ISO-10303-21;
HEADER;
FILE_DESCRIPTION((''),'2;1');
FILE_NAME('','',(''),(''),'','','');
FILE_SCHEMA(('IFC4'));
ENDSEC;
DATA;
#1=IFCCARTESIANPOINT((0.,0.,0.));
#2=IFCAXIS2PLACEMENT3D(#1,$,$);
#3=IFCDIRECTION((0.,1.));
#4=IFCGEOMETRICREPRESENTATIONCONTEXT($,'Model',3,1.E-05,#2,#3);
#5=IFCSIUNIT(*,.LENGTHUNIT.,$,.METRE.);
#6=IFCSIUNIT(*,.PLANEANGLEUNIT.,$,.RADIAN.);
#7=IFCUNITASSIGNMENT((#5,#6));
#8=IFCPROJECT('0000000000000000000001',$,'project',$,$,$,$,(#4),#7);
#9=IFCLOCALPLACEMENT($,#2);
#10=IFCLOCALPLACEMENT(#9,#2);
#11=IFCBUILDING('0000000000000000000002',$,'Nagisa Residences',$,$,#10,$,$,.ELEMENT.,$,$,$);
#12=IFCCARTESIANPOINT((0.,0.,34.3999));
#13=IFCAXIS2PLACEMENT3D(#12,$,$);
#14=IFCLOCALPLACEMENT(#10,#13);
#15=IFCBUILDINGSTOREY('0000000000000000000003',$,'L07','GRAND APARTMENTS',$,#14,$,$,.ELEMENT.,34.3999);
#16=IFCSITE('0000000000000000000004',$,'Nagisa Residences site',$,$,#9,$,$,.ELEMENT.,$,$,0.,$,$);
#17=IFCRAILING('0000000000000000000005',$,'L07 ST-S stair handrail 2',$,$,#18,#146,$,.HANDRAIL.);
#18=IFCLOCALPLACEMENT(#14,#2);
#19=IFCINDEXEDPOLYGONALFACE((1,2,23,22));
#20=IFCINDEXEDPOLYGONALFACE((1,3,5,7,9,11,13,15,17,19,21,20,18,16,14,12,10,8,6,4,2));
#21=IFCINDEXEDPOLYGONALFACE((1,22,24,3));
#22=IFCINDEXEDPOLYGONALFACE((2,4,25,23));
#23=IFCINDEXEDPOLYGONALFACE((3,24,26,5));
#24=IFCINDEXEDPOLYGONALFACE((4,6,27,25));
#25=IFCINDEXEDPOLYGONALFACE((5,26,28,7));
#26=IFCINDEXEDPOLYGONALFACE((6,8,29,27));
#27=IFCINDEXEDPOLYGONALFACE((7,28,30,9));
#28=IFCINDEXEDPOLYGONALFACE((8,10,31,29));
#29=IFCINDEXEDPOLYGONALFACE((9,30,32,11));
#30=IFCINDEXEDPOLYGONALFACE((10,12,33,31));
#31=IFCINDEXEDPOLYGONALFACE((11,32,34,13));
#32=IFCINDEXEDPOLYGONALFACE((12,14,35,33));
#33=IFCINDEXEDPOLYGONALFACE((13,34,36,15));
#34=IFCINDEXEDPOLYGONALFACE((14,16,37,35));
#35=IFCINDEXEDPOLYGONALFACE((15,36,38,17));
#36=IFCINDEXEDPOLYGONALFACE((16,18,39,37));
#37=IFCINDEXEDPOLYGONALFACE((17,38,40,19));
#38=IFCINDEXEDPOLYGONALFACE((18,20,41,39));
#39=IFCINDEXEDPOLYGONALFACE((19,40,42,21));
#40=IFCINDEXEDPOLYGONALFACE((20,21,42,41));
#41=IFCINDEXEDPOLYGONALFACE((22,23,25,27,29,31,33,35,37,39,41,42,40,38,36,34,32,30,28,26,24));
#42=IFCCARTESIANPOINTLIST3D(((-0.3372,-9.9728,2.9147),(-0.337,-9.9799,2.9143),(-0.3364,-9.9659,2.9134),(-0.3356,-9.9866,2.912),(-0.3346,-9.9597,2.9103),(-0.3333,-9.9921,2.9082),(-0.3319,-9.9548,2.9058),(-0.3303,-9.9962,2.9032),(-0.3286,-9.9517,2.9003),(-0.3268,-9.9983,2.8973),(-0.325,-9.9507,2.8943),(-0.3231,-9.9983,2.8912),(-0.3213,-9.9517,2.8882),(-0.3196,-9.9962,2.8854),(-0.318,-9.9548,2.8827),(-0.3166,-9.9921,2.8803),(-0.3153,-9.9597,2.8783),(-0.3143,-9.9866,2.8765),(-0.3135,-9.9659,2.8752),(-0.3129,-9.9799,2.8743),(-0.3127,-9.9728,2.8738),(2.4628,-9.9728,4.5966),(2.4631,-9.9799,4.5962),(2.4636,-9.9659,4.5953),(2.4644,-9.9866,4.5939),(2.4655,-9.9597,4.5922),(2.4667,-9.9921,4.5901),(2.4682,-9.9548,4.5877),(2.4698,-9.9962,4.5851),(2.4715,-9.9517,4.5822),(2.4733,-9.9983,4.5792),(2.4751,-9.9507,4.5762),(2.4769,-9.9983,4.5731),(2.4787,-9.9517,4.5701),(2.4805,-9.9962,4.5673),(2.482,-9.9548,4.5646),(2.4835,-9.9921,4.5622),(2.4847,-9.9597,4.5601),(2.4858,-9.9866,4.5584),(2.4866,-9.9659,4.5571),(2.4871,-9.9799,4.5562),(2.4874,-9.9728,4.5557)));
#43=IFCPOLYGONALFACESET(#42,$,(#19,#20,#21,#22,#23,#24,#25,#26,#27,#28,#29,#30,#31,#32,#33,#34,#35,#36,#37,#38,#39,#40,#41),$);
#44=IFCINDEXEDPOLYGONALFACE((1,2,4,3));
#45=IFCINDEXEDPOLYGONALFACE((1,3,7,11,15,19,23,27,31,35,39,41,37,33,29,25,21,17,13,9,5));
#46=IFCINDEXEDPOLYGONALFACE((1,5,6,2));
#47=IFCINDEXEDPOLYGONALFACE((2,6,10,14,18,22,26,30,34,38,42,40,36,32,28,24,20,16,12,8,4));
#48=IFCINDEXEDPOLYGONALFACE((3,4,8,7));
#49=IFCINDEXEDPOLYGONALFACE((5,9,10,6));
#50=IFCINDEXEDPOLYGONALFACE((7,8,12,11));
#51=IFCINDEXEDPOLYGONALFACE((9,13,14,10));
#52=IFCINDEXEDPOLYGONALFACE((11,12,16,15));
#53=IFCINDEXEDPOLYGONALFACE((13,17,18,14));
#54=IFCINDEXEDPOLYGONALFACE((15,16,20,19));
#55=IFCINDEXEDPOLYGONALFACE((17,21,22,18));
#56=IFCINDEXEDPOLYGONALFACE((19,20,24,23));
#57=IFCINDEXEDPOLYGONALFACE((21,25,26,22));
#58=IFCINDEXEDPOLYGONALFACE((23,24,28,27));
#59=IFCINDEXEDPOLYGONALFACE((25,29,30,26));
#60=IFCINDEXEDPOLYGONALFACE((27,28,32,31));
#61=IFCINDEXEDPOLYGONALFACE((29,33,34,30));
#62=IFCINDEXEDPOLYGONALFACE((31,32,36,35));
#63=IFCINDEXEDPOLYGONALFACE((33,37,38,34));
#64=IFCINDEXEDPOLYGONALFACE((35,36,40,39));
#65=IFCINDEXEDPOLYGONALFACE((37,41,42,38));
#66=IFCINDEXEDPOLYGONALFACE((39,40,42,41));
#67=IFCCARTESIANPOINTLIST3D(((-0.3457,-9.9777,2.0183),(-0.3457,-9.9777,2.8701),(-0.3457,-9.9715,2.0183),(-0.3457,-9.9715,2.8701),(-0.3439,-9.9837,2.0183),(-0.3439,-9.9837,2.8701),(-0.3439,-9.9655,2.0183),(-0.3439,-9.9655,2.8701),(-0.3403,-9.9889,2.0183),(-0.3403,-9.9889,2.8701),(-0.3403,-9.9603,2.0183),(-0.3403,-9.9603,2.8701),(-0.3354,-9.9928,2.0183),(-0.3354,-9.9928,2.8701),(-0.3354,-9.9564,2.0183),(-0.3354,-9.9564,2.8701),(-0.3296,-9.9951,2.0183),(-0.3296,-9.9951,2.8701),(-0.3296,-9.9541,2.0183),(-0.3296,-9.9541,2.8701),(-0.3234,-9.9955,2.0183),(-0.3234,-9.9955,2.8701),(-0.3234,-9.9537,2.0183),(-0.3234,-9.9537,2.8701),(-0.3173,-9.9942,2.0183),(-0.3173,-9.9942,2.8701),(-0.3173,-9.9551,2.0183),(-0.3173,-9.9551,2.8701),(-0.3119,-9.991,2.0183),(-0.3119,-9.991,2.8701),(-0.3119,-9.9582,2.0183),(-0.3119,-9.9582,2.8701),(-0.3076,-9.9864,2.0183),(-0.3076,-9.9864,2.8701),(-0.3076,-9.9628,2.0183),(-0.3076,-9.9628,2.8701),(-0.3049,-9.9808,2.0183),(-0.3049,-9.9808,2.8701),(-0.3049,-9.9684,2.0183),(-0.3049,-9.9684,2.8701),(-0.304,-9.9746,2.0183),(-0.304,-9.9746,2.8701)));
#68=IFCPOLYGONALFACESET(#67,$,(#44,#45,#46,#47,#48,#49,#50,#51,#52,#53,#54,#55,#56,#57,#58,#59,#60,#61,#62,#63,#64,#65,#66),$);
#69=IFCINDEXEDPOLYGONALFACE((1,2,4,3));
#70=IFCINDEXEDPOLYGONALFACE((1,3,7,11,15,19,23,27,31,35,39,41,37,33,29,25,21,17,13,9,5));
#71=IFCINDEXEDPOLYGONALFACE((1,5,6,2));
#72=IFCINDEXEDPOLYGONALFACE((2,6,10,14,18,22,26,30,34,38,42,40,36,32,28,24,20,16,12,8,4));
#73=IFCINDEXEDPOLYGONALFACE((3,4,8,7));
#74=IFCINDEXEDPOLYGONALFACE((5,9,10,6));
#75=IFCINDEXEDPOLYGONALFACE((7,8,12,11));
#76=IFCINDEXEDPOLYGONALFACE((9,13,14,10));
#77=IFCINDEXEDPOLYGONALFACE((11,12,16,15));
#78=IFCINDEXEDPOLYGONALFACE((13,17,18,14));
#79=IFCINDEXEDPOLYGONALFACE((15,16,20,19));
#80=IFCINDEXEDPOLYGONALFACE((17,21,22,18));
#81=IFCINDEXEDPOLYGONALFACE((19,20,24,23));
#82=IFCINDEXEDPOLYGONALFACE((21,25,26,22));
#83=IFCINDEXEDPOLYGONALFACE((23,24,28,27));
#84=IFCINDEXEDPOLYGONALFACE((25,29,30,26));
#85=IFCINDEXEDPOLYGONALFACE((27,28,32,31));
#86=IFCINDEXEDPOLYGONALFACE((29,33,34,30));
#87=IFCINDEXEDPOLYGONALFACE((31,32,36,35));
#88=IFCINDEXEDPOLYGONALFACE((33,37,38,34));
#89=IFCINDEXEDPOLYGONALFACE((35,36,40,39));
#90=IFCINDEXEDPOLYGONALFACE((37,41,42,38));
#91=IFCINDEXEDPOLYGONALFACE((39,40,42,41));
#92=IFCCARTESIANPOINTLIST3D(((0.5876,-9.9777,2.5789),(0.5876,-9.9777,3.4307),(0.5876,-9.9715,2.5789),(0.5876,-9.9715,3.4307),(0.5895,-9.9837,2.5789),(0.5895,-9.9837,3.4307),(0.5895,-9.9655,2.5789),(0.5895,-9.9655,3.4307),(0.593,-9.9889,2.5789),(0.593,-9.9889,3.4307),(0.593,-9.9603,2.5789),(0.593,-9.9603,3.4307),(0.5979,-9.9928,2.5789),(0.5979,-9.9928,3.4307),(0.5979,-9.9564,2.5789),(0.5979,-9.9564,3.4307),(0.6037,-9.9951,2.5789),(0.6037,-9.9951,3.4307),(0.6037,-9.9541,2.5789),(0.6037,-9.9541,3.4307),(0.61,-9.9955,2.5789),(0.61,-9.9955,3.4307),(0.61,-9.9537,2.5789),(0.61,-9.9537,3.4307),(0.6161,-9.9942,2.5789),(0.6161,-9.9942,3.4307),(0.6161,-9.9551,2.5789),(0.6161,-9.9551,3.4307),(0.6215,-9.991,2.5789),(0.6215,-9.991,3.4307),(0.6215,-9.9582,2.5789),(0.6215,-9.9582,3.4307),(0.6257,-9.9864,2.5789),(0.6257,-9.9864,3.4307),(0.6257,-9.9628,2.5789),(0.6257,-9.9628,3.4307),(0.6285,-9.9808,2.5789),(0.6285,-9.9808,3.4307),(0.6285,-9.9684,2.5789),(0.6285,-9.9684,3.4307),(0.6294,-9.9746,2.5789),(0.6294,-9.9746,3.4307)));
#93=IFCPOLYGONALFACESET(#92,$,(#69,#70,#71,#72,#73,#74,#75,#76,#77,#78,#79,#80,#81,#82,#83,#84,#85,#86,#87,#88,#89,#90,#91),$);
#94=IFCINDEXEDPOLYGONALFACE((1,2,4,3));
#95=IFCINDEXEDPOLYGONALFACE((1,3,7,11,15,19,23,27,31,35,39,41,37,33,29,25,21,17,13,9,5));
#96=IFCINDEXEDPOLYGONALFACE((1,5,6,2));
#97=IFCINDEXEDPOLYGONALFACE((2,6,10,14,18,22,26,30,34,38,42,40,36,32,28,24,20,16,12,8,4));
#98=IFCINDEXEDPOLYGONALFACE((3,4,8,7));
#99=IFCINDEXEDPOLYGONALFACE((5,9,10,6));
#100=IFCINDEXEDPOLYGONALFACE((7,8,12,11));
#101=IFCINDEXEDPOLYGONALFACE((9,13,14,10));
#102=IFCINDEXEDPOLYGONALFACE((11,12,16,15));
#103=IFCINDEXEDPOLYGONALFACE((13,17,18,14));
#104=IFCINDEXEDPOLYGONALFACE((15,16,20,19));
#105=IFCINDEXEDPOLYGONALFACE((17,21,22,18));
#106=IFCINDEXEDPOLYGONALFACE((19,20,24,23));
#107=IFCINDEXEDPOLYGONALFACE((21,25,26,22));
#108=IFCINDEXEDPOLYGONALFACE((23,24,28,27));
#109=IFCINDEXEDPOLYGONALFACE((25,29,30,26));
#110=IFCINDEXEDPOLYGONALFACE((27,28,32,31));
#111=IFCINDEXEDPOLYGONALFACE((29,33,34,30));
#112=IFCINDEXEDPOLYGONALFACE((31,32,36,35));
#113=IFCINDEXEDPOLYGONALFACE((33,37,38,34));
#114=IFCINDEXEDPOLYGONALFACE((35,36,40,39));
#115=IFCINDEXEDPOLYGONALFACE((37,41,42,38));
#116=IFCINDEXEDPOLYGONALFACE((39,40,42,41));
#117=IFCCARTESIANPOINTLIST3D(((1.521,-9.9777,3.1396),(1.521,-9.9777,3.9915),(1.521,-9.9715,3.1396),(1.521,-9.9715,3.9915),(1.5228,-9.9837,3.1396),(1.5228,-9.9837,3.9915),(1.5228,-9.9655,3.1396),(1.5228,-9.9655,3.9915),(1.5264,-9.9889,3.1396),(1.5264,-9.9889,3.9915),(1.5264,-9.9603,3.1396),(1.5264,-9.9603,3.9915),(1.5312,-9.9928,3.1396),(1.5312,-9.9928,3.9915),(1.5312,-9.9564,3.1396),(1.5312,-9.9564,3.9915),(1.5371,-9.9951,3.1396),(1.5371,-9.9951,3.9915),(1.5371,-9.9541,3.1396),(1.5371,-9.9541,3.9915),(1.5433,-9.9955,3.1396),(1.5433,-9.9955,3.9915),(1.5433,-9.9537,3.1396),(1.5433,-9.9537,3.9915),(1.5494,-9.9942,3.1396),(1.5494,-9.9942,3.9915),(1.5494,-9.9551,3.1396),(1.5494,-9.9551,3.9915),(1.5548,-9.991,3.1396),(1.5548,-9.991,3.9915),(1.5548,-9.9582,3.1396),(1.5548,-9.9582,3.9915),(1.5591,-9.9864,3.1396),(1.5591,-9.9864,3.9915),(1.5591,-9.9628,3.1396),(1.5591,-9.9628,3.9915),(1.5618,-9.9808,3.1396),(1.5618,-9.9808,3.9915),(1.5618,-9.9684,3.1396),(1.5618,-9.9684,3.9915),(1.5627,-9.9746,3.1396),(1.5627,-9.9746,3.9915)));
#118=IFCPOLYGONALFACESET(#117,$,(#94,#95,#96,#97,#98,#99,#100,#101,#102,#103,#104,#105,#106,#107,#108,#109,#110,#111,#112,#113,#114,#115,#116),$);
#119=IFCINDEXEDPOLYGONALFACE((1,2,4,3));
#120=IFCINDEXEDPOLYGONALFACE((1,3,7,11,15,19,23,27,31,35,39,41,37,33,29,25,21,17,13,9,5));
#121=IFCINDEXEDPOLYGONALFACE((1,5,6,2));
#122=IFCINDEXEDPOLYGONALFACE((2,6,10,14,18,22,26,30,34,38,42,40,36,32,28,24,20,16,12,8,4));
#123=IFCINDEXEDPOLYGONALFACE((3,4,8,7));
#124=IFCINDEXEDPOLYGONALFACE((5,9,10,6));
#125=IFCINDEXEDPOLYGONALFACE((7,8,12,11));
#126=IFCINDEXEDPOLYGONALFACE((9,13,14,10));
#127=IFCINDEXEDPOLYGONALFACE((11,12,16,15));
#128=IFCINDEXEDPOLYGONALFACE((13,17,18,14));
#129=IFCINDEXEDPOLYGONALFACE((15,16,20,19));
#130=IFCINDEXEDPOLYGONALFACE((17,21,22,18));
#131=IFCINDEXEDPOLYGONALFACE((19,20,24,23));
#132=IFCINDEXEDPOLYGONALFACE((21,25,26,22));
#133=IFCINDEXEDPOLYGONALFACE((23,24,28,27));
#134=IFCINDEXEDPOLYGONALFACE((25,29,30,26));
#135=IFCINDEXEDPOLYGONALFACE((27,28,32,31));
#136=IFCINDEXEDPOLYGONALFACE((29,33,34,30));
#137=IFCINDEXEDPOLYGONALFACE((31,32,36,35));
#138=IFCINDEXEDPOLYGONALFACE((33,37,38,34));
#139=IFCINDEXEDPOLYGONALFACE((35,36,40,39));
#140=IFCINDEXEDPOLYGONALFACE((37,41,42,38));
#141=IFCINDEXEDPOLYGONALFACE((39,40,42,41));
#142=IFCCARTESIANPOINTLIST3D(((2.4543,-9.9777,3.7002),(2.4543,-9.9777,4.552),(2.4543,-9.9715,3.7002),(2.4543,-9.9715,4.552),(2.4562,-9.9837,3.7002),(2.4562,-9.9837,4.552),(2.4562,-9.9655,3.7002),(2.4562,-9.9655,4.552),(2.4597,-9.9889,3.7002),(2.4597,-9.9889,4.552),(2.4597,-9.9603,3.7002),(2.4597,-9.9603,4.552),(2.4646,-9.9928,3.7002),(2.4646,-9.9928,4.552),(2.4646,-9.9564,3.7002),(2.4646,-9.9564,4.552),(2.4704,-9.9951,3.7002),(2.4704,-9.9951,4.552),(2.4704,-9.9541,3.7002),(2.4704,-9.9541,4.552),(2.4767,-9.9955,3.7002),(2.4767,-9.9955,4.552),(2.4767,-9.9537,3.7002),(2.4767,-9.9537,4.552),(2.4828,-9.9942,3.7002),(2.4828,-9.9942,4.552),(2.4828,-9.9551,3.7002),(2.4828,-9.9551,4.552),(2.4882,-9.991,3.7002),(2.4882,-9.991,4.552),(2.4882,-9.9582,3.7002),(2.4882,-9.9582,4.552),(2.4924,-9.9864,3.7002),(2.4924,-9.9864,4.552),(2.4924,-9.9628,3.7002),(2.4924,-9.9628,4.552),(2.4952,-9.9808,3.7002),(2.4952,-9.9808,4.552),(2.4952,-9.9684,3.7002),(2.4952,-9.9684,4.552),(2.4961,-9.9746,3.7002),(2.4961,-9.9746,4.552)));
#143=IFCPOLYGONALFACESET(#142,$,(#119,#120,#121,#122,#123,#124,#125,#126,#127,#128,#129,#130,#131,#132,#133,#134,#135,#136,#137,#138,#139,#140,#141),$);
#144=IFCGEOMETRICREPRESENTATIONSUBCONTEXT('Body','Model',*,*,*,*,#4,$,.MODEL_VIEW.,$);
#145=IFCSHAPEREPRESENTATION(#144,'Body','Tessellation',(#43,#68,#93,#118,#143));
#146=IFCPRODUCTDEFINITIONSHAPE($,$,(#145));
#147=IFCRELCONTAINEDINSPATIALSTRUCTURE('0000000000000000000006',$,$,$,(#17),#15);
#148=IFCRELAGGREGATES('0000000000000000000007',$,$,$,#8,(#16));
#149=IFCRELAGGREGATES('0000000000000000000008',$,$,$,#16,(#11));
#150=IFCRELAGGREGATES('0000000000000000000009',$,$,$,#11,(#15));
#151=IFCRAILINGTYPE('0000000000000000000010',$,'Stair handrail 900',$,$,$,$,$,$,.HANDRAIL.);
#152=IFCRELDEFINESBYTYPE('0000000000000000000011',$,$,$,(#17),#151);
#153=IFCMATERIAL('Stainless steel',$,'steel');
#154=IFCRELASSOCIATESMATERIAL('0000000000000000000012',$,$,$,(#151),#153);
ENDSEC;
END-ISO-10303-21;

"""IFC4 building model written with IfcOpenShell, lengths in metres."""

from ifc_helpers import new_model, si_unit, direction, frame, origin, origin_2d, place, context, subcontext, project, spatial, circle, extrude, material, type_object, element, save


model = new_model("IFC4")

# Units and contexts
model_context = context("Model", 3, precision=1e-05, world=origin(), true_north=direction((0.0, 1.0)))
body_context = subcontext(model_context, "Body", "Model", "MODEL_VIEW")
ifc_project = project(units=[si_unit("LENGTHUNIT", "METRE"), si_unit("PLANEANGLEUNIT", "RADIAN")], contexts=[model_context])

# Site, building, storey
site_placement = place(None, origin())
site = spatial("IfcSite", under=ifc_project, at=site_placement, Name="Nagisa Residences site", CompositionType="ELEMENT", RefElevation=0.0)
building_placement = place(site_placement, origin())
building = spatial("IfcBuilding", under=site, at=building_placement, Name="Nagisa Residences", CompositionType="ELEMENT")
storey_placement = place(building_placement, frame((0.0, 0.0, 34.3999)))
storey = spatial("IfcBuildingStorey", under=building, at=storey_placement, Name="L07", Description="GRAND APARTMENTS", CompositionType="ELEMENT", Elevation=34.3999)

# Railing
ifc_material_1 = material(Name="Stainless steel", Category="steel")
railing_type = type_object("IfcRailingType", Name="Stair handrail 900", PredefinedType="HANDRAIL", material=ifc_material_1)
railing_placement = place(storey_placement, frame((-0.325, -9.9746, 2.0183)))
element("IfcRailing", 1, at=railing_placement, inside=storey, type_object=railing_type, Name="L07 ST-S stair handrail 2", PredefinedType="HANDRAIL", context=body_context, shape_type="SweptSolid", body=[
    extrude(circle(Radius=0.0239, at=origin_2d()), frame((0.0, 0.0, 0.876), z_axis=(0.857242, 0.0, 0.514913), x_axis=(0.0, 1.0, 0.0)), (0.0, 0.0, 1.0), 3.2664),
    extrude(circle(Radius=0.021, at=origin_2d()), origin(), (0.0, 0.0, 1.0), 0.8518),
    extrude(circle(Radius=0.021, at=origin_2d()), frame((0.9333, 0.0, 0.5605)), (0.0, 0.0, 1.0), 0.8518),
    extrude(circle(Radius=0.021, at=origin_2d()), frame((1.8667, 0.0, 1.1213)), (0.0, 0.0, 1.0), 0.8518),
    extrude(circle(Radius=0.021, at=origin_2d()), frame((2.8, 0.0, 1.6819)), (0.0, 0.0, 1.0), 0.8518),
])

save(model, "model.ifc")
